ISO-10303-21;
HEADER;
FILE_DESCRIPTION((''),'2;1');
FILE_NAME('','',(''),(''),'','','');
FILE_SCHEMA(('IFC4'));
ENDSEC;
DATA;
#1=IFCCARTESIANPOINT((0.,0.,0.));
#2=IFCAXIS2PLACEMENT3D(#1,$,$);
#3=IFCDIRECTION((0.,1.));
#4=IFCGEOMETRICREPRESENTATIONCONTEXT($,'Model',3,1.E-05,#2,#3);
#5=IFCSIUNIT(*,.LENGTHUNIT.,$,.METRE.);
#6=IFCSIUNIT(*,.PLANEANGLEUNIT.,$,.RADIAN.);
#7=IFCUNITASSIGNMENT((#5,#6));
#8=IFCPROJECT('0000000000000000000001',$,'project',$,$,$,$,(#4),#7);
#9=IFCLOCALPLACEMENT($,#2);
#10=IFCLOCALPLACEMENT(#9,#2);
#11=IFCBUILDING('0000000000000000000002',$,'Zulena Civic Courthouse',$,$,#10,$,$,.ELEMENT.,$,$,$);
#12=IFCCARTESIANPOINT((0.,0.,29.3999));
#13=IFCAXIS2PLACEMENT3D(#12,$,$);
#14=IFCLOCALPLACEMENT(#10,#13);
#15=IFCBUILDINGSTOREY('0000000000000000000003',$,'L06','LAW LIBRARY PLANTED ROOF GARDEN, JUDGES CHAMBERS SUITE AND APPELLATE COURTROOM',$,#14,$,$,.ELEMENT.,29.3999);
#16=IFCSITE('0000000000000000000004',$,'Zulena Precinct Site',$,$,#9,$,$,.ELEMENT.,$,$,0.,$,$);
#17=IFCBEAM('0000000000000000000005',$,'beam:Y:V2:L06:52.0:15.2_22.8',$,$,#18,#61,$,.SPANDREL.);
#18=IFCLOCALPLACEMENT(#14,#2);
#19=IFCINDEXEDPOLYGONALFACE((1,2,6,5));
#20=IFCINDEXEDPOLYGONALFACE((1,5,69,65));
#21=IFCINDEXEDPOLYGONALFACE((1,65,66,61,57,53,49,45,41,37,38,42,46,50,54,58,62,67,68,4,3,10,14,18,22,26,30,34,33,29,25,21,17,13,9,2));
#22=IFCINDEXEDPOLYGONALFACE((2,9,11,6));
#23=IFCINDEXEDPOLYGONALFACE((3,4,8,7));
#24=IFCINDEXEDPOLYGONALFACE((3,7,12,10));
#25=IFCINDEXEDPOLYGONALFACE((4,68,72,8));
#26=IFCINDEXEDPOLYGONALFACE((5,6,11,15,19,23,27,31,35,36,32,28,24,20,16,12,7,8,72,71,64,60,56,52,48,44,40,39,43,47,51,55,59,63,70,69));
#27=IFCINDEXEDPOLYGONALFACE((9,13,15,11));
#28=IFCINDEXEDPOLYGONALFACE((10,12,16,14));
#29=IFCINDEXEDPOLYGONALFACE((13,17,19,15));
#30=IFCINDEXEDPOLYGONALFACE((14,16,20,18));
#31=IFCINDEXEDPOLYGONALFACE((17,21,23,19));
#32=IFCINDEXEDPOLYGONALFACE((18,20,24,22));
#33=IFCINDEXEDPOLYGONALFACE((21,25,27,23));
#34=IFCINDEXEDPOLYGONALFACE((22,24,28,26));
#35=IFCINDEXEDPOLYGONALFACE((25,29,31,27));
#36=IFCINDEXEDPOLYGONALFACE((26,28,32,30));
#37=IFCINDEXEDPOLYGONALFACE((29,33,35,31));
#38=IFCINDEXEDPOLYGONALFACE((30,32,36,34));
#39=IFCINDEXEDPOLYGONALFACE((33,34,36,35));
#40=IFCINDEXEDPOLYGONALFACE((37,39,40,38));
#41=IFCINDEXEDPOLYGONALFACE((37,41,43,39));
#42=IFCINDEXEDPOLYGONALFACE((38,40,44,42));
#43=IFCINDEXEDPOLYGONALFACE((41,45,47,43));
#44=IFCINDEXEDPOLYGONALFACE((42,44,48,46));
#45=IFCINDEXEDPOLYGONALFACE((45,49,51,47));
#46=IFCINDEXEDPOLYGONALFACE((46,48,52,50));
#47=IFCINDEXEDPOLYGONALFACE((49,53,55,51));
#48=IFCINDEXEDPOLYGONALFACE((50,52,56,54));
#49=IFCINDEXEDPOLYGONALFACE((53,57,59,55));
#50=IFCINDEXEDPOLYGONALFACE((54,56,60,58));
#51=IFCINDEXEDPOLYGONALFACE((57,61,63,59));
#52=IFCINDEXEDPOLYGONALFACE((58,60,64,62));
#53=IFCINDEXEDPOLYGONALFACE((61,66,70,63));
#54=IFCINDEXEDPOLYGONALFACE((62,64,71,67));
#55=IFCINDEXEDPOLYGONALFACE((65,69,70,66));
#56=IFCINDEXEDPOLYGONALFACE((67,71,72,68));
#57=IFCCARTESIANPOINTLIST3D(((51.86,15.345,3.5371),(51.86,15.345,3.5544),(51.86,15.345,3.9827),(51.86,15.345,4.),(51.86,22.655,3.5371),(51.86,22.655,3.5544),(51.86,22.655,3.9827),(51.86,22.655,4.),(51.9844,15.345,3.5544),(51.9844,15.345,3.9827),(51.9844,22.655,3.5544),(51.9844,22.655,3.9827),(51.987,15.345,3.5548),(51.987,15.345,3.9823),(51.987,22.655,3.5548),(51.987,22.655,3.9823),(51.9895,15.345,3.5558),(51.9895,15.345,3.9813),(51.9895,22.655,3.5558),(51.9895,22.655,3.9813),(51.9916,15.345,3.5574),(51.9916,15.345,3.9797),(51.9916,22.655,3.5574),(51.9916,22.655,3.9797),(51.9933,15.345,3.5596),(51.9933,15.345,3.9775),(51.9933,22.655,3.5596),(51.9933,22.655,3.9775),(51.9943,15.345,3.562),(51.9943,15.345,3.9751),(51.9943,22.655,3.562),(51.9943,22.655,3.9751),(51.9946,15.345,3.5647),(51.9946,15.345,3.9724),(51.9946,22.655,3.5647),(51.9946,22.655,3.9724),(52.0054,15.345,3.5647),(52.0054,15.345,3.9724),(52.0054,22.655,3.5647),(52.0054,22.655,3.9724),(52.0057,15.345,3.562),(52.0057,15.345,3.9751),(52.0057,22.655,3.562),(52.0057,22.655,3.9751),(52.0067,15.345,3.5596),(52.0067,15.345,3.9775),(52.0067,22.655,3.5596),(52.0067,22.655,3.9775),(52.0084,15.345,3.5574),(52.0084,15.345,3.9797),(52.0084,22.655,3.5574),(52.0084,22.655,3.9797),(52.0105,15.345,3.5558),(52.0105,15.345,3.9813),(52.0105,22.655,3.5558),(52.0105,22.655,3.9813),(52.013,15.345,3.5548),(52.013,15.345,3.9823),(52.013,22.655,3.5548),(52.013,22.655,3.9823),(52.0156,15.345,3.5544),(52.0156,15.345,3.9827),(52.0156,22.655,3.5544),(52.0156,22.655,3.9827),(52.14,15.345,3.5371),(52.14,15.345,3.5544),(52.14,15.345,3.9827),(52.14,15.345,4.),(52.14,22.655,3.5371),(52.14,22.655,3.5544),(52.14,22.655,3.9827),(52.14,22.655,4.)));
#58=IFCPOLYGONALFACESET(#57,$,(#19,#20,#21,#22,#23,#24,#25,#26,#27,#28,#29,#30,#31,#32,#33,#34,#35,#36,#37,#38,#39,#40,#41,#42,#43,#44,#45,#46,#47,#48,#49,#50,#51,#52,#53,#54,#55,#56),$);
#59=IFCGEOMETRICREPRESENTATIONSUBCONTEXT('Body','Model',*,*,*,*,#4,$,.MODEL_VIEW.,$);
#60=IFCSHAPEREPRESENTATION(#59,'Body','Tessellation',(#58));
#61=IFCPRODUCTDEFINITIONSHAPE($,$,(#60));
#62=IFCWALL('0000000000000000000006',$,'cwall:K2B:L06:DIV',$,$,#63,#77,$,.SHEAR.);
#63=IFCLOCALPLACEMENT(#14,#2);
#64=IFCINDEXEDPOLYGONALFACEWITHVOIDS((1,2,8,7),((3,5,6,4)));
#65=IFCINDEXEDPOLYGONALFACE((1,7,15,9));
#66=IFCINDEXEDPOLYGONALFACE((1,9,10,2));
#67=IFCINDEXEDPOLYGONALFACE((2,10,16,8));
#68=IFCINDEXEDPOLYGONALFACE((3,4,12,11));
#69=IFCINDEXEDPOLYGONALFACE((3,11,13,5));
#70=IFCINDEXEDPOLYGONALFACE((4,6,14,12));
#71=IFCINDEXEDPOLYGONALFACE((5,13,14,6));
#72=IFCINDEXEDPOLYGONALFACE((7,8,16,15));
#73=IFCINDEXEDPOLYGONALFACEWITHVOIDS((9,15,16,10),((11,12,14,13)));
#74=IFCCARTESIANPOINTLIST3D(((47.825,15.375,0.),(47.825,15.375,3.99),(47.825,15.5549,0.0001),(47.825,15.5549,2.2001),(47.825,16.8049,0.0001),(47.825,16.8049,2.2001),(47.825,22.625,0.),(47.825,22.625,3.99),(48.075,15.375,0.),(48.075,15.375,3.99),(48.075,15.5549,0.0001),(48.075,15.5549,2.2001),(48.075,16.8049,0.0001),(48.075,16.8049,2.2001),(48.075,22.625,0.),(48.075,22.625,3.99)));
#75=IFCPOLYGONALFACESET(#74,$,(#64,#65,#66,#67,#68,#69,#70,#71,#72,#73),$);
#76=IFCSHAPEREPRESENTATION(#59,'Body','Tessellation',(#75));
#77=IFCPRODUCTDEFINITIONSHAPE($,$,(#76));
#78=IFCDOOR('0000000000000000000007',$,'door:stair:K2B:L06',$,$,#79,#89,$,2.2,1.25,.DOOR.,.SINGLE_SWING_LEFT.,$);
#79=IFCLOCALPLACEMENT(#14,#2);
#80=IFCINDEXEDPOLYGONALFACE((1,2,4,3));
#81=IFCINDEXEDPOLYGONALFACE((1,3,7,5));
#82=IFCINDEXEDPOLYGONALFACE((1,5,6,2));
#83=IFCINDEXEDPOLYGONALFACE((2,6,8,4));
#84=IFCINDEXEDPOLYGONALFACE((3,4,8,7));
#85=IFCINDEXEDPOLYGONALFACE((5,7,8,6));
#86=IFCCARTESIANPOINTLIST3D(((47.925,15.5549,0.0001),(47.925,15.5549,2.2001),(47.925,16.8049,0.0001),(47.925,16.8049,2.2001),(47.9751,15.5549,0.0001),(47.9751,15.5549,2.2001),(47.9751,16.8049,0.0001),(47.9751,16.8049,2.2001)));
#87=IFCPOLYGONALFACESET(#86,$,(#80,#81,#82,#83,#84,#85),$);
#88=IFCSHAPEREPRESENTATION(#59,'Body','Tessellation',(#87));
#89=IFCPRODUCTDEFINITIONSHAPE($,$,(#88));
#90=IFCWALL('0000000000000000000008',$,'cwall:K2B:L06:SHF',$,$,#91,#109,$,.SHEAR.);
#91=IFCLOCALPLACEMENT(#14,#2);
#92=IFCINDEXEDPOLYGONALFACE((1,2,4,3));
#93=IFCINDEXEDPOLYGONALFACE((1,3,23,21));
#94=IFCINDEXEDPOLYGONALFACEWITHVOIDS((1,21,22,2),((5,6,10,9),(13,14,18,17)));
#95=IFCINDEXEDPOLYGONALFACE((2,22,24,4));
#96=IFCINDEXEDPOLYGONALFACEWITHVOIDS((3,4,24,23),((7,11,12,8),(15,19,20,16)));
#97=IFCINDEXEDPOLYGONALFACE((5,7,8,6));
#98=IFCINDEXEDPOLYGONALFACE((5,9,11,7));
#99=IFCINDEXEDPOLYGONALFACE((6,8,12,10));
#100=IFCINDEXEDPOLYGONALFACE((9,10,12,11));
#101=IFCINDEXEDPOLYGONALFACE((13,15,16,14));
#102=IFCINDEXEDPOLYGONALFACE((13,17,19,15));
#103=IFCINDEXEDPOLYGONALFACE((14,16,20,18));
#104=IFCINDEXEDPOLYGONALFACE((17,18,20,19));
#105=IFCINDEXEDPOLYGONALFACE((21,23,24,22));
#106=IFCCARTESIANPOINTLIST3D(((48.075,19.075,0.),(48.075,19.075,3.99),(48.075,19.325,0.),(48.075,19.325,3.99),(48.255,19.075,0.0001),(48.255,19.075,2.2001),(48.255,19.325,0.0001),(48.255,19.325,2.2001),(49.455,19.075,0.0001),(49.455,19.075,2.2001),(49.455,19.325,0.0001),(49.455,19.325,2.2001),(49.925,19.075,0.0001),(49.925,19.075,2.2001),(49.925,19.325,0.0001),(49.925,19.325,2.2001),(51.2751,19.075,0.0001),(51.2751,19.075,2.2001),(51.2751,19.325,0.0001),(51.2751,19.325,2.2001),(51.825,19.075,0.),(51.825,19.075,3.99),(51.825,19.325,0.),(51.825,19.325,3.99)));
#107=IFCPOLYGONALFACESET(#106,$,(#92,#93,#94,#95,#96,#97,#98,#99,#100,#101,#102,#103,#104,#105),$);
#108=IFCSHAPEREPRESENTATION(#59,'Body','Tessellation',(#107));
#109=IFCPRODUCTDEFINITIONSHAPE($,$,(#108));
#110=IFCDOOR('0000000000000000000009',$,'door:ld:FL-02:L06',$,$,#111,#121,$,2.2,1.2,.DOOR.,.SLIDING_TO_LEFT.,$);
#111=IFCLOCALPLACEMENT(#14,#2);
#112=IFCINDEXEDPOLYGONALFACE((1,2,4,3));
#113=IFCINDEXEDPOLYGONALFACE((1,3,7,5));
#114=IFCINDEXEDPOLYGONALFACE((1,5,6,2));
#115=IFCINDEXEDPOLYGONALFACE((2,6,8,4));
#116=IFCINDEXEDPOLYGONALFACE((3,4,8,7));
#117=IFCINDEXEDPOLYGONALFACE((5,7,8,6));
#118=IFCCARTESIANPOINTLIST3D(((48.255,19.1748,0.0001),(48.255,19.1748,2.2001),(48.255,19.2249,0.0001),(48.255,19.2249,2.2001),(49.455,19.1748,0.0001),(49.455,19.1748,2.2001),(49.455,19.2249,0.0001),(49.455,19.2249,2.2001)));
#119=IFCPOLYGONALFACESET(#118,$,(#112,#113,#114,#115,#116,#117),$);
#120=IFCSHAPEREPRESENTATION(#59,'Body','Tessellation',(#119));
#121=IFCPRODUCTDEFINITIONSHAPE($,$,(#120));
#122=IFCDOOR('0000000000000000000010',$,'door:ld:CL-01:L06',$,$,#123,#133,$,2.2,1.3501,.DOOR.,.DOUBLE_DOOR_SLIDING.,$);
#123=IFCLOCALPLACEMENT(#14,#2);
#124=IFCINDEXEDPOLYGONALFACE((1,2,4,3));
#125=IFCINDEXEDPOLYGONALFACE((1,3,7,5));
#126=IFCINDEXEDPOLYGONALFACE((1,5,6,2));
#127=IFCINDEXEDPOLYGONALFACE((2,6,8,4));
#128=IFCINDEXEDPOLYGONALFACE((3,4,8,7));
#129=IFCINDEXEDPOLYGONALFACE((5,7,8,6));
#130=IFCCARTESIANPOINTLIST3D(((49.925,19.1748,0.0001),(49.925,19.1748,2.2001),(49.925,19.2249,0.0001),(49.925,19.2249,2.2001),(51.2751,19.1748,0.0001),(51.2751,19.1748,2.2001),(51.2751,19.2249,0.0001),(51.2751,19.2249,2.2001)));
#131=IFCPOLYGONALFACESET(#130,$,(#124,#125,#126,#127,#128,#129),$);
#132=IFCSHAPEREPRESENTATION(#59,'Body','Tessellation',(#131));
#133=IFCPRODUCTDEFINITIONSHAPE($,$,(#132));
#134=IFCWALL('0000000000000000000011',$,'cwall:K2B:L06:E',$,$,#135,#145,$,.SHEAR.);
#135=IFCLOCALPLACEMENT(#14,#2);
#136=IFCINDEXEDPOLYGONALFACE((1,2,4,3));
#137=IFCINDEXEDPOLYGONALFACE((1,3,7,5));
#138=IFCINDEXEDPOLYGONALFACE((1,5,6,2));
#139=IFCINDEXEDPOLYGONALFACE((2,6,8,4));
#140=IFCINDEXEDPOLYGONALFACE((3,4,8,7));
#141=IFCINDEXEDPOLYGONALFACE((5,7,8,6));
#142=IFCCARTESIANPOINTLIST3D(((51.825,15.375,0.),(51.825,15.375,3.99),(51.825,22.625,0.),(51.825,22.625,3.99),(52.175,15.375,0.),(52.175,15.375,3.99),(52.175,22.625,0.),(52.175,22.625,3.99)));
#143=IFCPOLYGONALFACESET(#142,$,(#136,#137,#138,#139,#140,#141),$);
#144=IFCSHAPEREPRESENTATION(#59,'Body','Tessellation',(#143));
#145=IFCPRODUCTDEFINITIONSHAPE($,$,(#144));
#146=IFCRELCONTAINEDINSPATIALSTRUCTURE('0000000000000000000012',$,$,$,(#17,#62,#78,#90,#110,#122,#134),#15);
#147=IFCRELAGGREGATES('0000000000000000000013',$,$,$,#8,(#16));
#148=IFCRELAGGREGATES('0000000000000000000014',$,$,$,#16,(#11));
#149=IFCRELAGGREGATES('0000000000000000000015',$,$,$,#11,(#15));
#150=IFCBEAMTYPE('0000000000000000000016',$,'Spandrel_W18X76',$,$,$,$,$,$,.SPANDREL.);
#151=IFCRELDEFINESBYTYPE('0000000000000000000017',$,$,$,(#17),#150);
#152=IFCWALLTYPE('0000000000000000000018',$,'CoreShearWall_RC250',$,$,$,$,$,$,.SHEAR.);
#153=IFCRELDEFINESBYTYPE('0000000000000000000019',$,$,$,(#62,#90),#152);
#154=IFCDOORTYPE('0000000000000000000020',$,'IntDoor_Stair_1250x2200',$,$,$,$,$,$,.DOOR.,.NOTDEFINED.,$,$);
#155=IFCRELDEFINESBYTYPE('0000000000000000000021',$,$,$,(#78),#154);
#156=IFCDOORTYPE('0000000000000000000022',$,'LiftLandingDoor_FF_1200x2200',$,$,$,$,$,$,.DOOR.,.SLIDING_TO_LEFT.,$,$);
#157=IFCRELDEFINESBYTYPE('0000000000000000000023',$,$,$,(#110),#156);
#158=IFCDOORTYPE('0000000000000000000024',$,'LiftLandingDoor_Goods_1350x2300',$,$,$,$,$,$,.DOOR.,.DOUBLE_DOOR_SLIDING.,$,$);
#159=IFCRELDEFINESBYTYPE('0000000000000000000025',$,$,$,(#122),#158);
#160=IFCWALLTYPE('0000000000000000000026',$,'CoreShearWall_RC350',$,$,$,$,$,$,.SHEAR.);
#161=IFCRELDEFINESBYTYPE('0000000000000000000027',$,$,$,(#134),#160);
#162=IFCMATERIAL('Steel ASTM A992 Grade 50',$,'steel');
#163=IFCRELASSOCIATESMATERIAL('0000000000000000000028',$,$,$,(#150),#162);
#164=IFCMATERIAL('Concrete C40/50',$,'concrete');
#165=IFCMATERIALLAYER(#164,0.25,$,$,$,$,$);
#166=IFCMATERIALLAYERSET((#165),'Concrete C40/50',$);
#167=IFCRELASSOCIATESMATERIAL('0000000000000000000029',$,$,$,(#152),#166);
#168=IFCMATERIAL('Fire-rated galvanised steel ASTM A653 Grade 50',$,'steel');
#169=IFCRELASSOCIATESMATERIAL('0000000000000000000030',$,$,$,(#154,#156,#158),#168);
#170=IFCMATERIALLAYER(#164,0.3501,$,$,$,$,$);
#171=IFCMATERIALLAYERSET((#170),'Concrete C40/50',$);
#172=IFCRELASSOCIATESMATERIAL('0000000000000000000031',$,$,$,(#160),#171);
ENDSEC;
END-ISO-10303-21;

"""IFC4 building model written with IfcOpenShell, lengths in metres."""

from ifc_helpers import new_model, si_unit, direction, frame, frame_2d, origin, origin_2d, place, context, subcontext, project, spatial, rectangle, i_section, extrude, material, layer, layer_set, material_profile, profile_set, type_object, element, fill, save


model = new_model("IFC4")

# Units and contexts
model_context = context("Model", 3, precision=1e-05, world=origin(), true_north=direction((0.0, 1.0)))
body_context = subcontext(model_context, "Body", "Model", "MODEL_VIEW")
ifc_project = project(units=[si_unit("LENGTHUNIT", "METRE"), si_unit("PLANEANGLEUNIT", "RADIAN")], contexts=[model_context])

# Site, building, storey
site_placement = place(None, origin())
site = spatial("IfcSite", under=ifc_project, at=site_placement, Name="Zulena Precinct Site", CompositionType="ELEMENT", RefElevation=0.0)
building_placement = place(site_placement, origin())
building = spatial("IfcBuilding", under=site, at=building_placement, Name="Zulena Civic Courthouse", CompositionType="ELEMENT")
storey_placement = place(building_placement, frame((0.0, 0.0, 29.3999)))
storey = spatial("IfcBuildingStorey", under=building, at=storey_placement, Name="L06", Description="LAW LIBRARY PLANTED ROOF GARDEN, JUDGES CHAMBERS SUITE AND APPELLATE COURTROOM", CompositionType="ELEMENT", Elevation=29.3999)

# Shared definitions
ifc_material_1 = material(Name="Steel ASTM A992 Grade 50", Category="steel")

# Beam
ifc_material_profile_1 = material_profile(ifc_material_1, i_section(OverallWidth=0.28, OverallDepth=0.4629, WebThickness=0.0107, FlangeThickness=0.0173, FilletRadius=0.0103, at=origin_2d()), Name="W18X76")
ifc_profile_set_1 = profile_set([ifc_material_profile_1], Name="Steel ASTM A992 Grade 50")
beam_type_1 = type_object("IfcBeamType", Name="Spandrel_W18X76", PredefinedType="SPANDREL", material=ifc_profile_set_1)
for number, where, z_axis, x_axis, name in (
    (1, (52.0, 15.345, 3.7686), (0.0, 1.0, 0.0), (-1.0, 0.0, 0.0), "beam:Y:V2:L06:52.0:15.2_22.8"),
):
    element("IfcBeam", number, at=place(storey_placement, frame(where, z_axis=z_axis, x_axis=x_axis)), inside=storey, type_object=beam_type_1, Name=name, PredefinedType="SPANDREL", context=body_context, shape_type="SweptSolid", body=[
        extrude(i_section(OverallWidth=0.28, OverallDepth=0.4629, WebThickness=0.0107, FlangeThickness=0.0173, FilletRadius=0.0103, at=origin_2d()), origin(), (0.0, 0.0, 1.0), 7.3101),
    ])

# Wall, opening, door
ifc_material_2 = material(Name="Concrete C40/50", Category="concrete")
ifc_layer_1 = layer(ifc_material_2, 0.25)
ifc_layer_set_1 = layer_set([ifc_layer_1], Name="Concrete C40/50")
wall_type_1 = type_object("IfcWallType", Name="CoreShearWall_RC250", PredefinedType="SHEAR", material=ifc_layer_set_1)
wall_1_placement = place(storey_placement, frame((47.95, 15.375, 0.0), z_axis=(0.0, 0.0, 1.0), x_axis=(0.0, 1.0, 0.0)))
wall_1 = element("IfcWall", 2, at=wall_1_placement, inside=storey, type_object=wall_type_1, Name="cwall:K2B:L06:DIV", PredefinedType="SHEAR", context=body_context, shape_type="SweptSolid", body=[
    extrude(rectangle(XDim=7.25, YDim=0.25, at=frame_2d((3.625, 0.0))), origin(), (0.0, 0.0, 1.0), 3.99),
])
opening_1_placement = place(wall_1_placement, frame((0.1799, 0.0, 0.0)))
opening_1 = element("IfcOpeningElement", 3, at=opening_1_placement, cuts=wall_1, PredefinedType="OPENING", context=body_context, shape_type="SweptSolid", body=[
    extrude(rectangle(XDim=1.25, YDim=2.2, at=frame_2d((0.625, 1.1001))), frame((0.0, 0.135, 0.0), z_axis=(0.0, -1.0, 0.0), x_axis=(1.0, 0.0, 0.0)), (0.0, 0.0, 1.0), 0.27),
])
ifc_material_3 = material(Name="Fire-rated galvanised steel ASTM A653 Grade 50", Category="steel")
door_type_1 = type_object("IfcDoorType", Name="IntDoor_Stair_1250x2200", OperationType="NOTDEFINED", PredefinedType="DOOR", material=ifc_material_3)
door_1_placement = place(opening_1_placement, origin())
door_1 = element("IfcDoor", 4, at=door_1_placement, inside=storey, type_object=door_type_1, Name="door:stair:K2B:L06", OperationType="SINGLE_SWING_LEFT", OverallHeight=2.2, OverallWidth=1.25, PredefinedType="DOOR", context=body_context, shape_type="SweptSolid", body=[
    extrude(rectangle(XDim=1.25, YDim=2.2, at=frame_2d((0.625, 1.1001))), frame((0.0, 0.0249, 0.0), z_axis=(0.0, -1.0, 0.0), x_axis=(1.0, 0.0, 0.0)), (0.0, 0.0, 1.0), 0.05),
])
fill(opening_1, door_1)

# Wall, openings, doors
wall_2_placement = place(storey_placement, frame((48.075, 19.2, 0.0), z_axis=(0.0, 0.0, 1.0), x_axis=(1.0, 0.0, 0.0)))
wall_2 = element("IfcWall", 5, at=wall_2_placement, inside=storey, type_object=wall_type_1, Name="cwall:K2B:L06:SHF", PredefinedType="SHEAR", context=body_context, shape_type="SweptSolid", body=[
    extrude(rectangle(XDim=3.75, YDim=0.25, at=frame_2d((1.875, 0.0))), origin(), (0.0, 0.0, 1.0), 3.99),
])
opening_2_placement = place(wall_2_placement, frame((0.1799, 0.0, 0.0)))
opening_2 = element("IfcOpeningElement", 6, at=opening_2_placement, cuts=wall_2, PredefinedType="OPENING", context=body_context, shape_type="SweptSolid", body=[
    extrude(rectangle(XDim=1.2, YDim=2.2, at=frame_2d((0.6001, 1.1001))), frame((0.0, 0.135, 0.0), z_axis=(0.0, -1.0, 0.0), x_axis=(1.0, 0.0, 0.0)), (0.0, 0.0, 1.0), 0.27),
])
opening_3_placement = place(wall_2_placement, frame((1.8501, 0.0, 0.0)))
opening_3 = element("IfcOpeningElement", 7, at=opening_3_placement, cuts=wall_2, PredefinedType="OPENING", context=body_context, shape_type="SweptSolid", body=[
    extrude(rectangle(XDim=1.3501, YDim=2.2, at=frame_2d((0.675, 1.1001))), frame((0.0, 0.135, 0.0), z_axis=(0.0, -1.0, 0.0), x_axis=(1.0, 0.0, 0.0)), (0.0, 0.0, 1.0), 0.27),
])
door_type_2 = type_object("IfcDoorType", Name="LiftLandingDoor_FF_1200x2200", OperationType="SLIDING_TO_LEFT", PredefinedType="DOOR", material=ifc_material_3)
door_2_placement = place(opening_2_placement, origin())
door_2 = element("IfcDoor", 8, at=door_2_placement, inside=storey, type_object=door_type_2, Name="door:ld:FL-02:L06", OperationType="SLIDING_TO_LEFT", OverallHeight=2.2, OverallWidth=1.2, PredefinedType="DOOR", context=body_context, shape_type="SweptSolid", body=[
    extrude(rectangle(XDim=1.2, YDim=2.2, at=frame_2d((0.6001, 1.1001))), frame((0.0, 0.0249, 0.0), z_axis=(0.0, -1.0, 0.0), x_axis=(1.0, 0.0, 0.0)), (0.0, 0.0, 1.0), 0.05),
])
fill(opening_2, door_2)
door_type_3 = type_object("IfcDoorType", Name="LiftLandingDoor_Goods_1350x2300", OperationType="DOUBLE_DOOR_SLIDING", PredefinedType="DOOR", material=ifc_material_3)
door_3_placement = place(opening_3_placement, origin())
door_3 = element("IfcDoor", 9, at=door_3_placement, inside=storey, type_object=door_type_3, Name="door:ld:CL-01:L06", OperationType="DOUBLE_DOOR_SLIDING", OverallHeight=2.2, OverallWidth=1.3501, PredefinedType="DOOR", context=body_context, shape_type="SweptSolid", body=[
    extrude(rectangle(XDim=1.3501, YDim=2.2, at=frame_2d((0.675, 1.1001))), frame((0.0, 0.0249, 0.0), z_axis=(0.0, -1.0, 0.0), x_axis=(1.0, 0.0, 0.0)), (0.0, 0.0, 1.0), 0.05),
])
fill(opening_3, door_3)

# Wall
ifc_layer_2 = layer(ifc_material_2, 0.3501)
ifc_layer_set_2 = layer_set([ifc_layer_2], Name="Concrete C40/50")
wall_type_2 = type_object("IfcWallType", Name="CoreShearWall_RC350", PredefinedType="SHEAR", material=ifc_layer_set_2)
wall_3_placement = place(storey_placement, frame((52.0, 15.375, 0.0), z_axis=(0.0, 0.0, 1.0), x_axis=(0.0, 1.0, 0.0)))
element("IfcWall", 10, at=wall_3_placement, inside=storey, type_object=wall_type_2, Name="cwall:K2B:L06:E", PredefinedType="SHEAR", context=body_context, shape_type="SweptSolid", body=[
    extrude(rectangle(XDim=7.25, YDim=0.3501, at=frame_2d((3.625, 0.0))), origin(), (0.0, 0.0, 1.0), 3.99),
])

save(model, "model.ifc")
